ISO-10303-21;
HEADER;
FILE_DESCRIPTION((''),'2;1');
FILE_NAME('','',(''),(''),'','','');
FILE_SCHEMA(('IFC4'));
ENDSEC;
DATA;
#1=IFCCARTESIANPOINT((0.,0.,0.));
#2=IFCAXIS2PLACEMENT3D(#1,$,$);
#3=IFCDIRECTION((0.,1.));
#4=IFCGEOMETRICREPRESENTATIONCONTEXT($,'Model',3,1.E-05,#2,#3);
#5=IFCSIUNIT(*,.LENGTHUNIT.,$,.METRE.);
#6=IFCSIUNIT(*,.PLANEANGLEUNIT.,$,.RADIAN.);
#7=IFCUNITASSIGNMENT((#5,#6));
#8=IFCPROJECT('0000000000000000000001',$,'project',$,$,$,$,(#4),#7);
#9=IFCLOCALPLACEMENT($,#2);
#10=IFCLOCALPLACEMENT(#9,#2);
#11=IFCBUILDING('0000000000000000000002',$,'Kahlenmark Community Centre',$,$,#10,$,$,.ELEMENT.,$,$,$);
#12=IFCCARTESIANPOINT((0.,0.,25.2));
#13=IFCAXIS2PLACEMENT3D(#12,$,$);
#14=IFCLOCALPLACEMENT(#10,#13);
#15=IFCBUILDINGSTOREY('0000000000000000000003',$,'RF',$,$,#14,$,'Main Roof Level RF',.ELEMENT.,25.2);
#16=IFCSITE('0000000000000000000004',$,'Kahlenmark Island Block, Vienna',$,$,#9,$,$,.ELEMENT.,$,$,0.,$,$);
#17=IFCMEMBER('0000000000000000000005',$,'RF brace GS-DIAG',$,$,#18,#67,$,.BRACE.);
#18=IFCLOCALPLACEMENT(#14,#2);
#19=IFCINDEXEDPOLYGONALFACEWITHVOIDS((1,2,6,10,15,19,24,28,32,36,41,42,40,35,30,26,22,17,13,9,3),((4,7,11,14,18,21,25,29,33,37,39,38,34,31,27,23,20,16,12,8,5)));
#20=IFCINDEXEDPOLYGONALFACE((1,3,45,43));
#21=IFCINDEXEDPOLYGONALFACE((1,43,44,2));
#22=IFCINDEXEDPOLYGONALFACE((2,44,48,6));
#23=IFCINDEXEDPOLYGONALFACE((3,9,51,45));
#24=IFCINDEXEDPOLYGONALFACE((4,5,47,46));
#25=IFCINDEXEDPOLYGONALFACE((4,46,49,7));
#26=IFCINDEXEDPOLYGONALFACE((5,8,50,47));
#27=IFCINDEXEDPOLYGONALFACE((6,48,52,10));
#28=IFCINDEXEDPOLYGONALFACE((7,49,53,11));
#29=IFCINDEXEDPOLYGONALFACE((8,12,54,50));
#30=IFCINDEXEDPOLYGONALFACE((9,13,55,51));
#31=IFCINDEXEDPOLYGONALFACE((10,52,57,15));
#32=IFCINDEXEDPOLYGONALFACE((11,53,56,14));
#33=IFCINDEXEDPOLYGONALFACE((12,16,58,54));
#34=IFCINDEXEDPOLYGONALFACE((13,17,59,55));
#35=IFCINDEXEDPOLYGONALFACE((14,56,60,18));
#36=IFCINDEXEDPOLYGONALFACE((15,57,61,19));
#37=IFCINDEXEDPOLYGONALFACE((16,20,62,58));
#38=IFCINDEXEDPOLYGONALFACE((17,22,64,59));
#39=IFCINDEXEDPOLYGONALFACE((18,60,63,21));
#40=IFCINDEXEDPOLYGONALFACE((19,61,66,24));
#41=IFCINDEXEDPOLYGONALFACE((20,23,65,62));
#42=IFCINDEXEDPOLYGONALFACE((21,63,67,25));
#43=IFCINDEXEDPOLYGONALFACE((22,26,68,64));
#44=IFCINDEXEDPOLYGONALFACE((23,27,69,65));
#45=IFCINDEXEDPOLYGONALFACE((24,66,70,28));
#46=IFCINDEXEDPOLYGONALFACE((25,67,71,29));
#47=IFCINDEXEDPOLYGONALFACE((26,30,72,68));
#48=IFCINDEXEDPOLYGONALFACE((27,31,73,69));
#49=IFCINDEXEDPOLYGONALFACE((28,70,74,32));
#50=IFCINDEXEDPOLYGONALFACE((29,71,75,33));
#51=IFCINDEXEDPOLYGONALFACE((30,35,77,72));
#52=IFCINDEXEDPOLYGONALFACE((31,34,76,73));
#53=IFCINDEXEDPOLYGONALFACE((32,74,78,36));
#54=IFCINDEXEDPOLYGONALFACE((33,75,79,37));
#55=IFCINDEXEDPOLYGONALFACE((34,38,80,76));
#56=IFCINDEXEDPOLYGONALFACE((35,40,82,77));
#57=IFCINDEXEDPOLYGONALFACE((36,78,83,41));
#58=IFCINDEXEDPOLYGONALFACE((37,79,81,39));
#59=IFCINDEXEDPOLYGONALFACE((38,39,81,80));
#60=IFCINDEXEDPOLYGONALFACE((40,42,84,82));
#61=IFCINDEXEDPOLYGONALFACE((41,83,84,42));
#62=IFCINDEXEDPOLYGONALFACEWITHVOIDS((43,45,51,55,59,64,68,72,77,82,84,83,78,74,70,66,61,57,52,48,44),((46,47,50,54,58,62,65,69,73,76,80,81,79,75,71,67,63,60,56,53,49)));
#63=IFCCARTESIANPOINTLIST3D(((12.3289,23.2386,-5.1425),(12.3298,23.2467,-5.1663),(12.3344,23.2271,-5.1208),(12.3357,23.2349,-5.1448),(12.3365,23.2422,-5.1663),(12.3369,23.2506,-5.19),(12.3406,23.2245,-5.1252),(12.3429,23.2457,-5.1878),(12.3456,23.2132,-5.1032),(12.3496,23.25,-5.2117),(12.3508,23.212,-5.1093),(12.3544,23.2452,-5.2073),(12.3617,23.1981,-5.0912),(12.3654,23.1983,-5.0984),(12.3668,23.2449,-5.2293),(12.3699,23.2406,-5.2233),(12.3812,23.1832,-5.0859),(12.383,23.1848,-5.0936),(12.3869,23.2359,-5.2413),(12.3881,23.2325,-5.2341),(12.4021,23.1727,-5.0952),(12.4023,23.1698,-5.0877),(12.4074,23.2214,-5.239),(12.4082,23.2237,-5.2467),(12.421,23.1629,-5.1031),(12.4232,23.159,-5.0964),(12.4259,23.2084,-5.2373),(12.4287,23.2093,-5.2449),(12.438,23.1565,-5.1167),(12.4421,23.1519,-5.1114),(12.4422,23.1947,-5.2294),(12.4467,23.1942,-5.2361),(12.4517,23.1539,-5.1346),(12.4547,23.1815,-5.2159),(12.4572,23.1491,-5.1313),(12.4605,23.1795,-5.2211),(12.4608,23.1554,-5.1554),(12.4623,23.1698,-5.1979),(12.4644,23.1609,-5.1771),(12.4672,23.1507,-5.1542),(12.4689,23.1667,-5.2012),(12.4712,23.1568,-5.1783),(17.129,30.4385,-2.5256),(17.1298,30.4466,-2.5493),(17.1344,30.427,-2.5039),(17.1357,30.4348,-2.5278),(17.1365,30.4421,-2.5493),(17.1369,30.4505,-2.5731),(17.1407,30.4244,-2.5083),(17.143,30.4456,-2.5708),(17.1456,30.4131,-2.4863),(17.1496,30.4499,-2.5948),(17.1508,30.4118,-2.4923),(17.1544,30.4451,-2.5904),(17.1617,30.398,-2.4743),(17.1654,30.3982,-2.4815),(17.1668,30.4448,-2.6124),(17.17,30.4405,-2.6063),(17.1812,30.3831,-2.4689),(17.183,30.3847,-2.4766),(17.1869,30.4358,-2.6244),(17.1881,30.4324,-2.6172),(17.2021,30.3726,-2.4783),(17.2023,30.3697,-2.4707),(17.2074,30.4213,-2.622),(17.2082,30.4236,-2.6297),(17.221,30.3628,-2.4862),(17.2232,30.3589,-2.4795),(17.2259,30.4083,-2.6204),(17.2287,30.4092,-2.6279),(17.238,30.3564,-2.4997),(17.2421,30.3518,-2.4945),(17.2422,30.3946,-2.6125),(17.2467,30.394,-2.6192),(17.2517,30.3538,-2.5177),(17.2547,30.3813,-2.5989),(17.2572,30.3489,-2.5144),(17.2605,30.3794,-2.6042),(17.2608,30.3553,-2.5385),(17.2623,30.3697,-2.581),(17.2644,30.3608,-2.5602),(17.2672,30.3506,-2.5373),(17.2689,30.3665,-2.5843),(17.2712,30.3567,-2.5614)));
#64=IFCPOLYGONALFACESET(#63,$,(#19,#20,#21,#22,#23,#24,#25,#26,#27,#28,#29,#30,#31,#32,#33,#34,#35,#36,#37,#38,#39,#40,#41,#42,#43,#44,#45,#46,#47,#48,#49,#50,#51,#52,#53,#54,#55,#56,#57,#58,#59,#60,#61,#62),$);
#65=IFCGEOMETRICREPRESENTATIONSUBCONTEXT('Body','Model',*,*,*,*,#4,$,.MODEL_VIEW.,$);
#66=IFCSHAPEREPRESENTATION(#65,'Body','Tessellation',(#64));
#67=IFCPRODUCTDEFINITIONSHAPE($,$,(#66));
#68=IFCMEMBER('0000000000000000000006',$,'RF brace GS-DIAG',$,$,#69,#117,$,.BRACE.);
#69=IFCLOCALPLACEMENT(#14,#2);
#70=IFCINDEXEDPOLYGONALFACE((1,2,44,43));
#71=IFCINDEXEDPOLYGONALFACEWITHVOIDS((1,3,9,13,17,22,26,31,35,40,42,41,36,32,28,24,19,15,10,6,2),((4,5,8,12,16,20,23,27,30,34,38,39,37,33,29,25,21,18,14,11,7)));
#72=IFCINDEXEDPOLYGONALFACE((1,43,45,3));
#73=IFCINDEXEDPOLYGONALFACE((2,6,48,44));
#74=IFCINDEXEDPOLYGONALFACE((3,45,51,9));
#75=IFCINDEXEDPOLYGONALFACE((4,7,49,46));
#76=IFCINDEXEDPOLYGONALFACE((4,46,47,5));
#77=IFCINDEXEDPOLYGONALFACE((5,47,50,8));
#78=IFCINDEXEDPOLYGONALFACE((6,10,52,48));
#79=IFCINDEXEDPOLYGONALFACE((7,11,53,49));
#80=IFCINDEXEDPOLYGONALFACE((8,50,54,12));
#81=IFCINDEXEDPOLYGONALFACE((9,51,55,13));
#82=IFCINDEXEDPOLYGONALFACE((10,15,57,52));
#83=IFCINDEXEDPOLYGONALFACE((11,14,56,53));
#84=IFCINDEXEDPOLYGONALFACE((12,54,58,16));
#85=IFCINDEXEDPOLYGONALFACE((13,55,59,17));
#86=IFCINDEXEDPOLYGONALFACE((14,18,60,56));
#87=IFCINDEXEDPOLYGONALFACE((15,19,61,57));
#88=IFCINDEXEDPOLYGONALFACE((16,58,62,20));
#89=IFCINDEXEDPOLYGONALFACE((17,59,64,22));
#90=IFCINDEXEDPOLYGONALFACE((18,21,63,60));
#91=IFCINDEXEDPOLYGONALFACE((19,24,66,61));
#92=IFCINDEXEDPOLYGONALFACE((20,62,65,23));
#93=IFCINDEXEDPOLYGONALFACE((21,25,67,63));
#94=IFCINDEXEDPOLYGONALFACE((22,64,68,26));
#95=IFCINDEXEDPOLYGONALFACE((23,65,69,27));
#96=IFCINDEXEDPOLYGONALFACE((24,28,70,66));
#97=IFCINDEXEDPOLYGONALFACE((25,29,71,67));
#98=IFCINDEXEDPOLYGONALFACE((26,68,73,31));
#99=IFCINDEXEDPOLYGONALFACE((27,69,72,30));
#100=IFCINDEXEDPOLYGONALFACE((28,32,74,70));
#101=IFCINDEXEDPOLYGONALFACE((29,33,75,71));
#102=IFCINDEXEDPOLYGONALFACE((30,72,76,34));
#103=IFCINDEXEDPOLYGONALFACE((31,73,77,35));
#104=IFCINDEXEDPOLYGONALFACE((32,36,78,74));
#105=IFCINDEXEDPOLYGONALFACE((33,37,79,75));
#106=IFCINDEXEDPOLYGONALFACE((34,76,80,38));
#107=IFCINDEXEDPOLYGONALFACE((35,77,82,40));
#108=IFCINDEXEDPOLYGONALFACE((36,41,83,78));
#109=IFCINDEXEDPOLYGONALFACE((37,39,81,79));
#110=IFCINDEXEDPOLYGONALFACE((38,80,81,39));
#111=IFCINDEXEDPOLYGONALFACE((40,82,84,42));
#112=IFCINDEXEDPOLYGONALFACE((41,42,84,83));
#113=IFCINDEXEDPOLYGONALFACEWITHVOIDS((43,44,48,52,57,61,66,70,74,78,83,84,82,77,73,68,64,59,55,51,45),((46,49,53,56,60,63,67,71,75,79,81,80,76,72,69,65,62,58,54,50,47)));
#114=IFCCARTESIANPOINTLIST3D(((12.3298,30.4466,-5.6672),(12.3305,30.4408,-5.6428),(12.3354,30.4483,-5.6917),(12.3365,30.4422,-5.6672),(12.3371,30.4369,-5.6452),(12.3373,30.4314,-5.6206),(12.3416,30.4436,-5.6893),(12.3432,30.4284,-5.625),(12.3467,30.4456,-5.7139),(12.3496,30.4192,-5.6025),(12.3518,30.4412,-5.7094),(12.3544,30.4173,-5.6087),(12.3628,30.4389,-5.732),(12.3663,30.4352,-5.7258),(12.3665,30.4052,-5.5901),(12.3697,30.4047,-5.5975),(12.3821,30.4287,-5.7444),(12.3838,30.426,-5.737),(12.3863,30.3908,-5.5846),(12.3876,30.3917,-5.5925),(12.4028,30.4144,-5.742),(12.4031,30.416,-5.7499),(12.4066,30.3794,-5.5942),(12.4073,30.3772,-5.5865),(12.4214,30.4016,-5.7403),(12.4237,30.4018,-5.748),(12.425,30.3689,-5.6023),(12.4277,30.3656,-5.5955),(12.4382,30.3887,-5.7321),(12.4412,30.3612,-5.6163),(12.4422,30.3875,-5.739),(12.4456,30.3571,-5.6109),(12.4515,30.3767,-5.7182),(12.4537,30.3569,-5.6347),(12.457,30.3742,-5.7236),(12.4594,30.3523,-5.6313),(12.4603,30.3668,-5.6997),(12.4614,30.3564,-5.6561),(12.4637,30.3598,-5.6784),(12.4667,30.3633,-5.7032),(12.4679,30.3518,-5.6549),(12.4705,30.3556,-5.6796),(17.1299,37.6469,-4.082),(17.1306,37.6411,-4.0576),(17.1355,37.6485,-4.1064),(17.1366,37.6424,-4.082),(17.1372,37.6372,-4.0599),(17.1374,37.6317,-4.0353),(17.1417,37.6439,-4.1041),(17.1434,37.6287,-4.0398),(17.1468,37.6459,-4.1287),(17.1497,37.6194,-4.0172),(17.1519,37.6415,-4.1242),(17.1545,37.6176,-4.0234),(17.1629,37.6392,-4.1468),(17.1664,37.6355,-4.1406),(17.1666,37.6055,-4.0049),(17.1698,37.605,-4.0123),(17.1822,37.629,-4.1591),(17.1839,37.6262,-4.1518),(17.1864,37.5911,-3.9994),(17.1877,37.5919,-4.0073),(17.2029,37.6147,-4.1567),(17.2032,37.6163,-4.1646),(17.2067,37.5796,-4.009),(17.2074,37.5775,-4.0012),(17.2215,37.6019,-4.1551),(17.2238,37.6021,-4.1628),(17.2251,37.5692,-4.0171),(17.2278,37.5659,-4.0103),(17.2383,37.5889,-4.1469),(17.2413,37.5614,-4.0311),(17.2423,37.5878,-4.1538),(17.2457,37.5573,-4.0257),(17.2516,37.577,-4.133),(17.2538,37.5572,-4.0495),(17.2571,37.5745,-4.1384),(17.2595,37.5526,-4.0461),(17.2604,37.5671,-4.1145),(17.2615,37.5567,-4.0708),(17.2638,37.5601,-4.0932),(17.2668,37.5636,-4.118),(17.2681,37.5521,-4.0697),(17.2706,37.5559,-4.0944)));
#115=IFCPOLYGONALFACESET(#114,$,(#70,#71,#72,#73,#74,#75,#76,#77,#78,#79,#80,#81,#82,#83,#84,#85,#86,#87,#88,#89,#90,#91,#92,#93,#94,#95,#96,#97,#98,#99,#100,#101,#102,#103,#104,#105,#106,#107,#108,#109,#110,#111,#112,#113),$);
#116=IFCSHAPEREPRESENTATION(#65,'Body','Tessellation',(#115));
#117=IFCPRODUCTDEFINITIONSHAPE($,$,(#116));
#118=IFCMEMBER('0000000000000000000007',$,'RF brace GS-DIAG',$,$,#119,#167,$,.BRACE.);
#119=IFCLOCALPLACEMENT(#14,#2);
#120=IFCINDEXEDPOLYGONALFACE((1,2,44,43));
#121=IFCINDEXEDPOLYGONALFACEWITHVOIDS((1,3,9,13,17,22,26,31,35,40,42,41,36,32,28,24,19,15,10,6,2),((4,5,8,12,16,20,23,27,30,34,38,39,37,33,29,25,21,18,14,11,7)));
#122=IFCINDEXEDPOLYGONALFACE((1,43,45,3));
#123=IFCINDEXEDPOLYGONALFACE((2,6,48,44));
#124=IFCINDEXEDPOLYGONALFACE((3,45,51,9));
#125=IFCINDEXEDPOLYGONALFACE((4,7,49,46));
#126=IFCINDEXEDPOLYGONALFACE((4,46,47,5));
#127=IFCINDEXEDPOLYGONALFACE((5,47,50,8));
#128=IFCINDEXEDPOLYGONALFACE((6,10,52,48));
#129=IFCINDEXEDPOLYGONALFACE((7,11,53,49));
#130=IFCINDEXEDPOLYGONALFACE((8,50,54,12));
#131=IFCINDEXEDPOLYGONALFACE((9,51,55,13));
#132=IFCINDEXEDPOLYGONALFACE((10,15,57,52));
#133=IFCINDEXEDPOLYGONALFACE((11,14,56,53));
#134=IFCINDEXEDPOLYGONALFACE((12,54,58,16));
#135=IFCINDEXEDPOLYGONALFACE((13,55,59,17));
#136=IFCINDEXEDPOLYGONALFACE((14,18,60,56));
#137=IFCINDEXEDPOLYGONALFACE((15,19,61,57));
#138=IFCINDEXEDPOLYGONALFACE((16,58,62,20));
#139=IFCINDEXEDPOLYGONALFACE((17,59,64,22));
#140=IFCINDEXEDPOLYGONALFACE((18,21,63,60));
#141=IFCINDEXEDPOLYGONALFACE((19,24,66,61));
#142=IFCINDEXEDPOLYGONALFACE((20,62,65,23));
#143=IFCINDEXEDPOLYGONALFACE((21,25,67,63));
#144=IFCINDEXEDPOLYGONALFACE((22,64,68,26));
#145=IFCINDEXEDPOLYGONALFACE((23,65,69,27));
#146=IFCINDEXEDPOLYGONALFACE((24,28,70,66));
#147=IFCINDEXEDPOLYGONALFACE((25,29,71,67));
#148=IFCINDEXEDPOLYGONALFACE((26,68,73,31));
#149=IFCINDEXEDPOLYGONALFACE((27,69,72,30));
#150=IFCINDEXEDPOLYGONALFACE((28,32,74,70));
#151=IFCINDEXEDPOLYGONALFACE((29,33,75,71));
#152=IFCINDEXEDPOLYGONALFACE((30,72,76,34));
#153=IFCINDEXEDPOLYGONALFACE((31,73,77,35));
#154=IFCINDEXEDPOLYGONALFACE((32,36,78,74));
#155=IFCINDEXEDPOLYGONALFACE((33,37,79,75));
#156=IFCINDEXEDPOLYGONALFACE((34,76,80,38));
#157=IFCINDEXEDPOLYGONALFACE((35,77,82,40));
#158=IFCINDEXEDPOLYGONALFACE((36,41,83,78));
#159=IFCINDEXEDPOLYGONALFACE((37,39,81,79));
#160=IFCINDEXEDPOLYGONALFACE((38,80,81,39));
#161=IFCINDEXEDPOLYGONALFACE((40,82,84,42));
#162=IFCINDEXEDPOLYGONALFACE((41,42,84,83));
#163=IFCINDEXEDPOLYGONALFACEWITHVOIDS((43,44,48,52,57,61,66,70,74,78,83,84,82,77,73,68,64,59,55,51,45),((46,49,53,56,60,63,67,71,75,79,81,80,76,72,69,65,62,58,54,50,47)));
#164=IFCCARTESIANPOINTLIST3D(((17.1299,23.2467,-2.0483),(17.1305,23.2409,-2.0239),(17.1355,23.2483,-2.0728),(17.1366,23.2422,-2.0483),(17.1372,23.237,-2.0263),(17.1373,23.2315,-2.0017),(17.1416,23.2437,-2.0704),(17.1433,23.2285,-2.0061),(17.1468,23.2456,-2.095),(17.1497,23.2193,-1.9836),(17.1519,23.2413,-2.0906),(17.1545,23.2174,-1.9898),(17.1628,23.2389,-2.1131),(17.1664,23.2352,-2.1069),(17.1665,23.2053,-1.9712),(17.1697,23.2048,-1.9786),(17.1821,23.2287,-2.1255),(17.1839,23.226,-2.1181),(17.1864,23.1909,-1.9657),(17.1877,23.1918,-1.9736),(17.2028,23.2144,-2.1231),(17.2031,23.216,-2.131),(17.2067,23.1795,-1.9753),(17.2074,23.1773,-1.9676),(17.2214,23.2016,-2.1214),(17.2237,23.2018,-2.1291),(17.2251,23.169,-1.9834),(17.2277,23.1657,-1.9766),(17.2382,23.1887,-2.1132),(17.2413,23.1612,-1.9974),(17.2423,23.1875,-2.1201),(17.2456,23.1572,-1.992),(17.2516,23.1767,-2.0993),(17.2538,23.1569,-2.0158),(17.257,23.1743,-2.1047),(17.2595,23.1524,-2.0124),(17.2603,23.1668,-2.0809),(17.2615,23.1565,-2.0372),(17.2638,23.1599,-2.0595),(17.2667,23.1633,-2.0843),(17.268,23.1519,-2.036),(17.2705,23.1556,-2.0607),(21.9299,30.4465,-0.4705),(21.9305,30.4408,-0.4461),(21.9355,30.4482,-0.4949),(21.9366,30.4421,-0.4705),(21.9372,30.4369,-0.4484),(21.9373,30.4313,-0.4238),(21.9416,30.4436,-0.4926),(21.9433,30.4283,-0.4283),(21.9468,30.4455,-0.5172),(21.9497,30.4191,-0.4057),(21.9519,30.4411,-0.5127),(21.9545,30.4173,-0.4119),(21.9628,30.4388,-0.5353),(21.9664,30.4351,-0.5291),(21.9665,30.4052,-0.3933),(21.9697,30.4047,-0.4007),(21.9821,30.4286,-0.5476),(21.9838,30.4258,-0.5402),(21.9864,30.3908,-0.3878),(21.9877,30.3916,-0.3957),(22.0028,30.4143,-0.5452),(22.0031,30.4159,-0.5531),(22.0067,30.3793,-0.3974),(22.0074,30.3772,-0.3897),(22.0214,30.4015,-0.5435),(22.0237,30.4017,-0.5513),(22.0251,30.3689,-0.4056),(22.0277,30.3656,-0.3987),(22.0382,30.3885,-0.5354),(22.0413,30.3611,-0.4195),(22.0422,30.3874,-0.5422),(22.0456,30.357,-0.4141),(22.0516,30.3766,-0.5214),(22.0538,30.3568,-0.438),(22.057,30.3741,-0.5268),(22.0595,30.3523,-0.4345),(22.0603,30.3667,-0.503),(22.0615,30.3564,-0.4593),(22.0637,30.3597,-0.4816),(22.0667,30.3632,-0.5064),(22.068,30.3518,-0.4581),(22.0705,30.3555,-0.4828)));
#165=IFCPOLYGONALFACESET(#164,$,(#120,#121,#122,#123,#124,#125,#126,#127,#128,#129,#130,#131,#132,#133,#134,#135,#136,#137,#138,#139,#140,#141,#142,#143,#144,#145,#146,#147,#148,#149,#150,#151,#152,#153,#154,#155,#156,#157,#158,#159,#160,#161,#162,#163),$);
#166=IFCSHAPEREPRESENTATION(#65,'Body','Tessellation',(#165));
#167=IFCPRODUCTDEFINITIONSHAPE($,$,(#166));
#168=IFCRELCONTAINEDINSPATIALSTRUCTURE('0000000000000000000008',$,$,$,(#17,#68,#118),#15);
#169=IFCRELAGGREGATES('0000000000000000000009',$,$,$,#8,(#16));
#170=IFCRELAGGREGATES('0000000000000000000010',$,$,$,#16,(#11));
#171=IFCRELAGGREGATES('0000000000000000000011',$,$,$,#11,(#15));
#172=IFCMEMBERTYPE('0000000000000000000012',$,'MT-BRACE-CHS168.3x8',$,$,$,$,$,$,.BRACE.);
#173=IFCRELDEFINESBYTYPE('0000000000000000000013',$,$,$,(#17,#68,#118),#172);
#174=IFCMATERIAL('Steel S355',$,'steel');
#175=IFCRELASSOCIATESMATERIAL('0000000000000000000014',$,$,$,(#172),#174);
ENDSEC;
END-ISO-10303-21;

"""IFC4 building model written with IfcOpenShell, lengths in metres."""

from ifc_helpers import new_model, si_unit, direction, frame, origin, origin_2d, place, context, subcontext, project, spatial, hollow_circle, extrude, material, material_profile, profile_set, type_object, element, save


model = new_model("IFC4")

# Units and contexts
model_context = context("Model", 3, precision=1e-05, world=origin(), true_north=direction((0.0, 1.0)))
body_context = subcontext(model_context, "Body", "Model", "MODEL_VIEW")
ifc_project = project(units=[si_unit("LENGTHUNIT", "METRE"), si_unit("PLANEANGLEUNIT", "RADIAN")], contexts=[model_context])

# Site, building, storey
site_placement = place(None, origin())
site = spatial("IfcSite", under=ifc_project, at=site_placement, Name="Kahlenmark Island Block, Vienna", CompositionType="ELEMENT", RefElevation=0.0)
building_placement = place(site_placement, origin())
building = spatial("IfcBuilding", under=site, at=building_placement, Name="Kahlenmark Community Centre", CompositionType="ELEMENT")
storey_placement = place(building_placement, frame((0.0, 0.0, 25.2)))
storey = spatial("IfcBuildingStorey", under=building, at=storey_placement, Name="RF", LongName="Main Roof Level RF", CompositionType="ELEMENT", Elevation=25.2)

# Members
ifc_material_1 = material(Name="Steel S355", Category="steel")
ifc_material_profile_1 = material_profile(ifc_material_1, hollow_circle(Radius=0.0842, WallThickness=0.0081, at=origin_2d()), Name="CHS 168.3x8")
ifc_profile_set_1 = profile_set([ifc_material_profile_1], Name="Steel S355")
member_type_1 = type_object("IfcMemberType", Name="MT-BRACE-CHS168.3x8", PredefinedType="BRACE", material=ifc_profile_set_1)
member_1_placement = place(storey_placement, frame((12.3999, 23.2, -5.1663), z_axis=(0.530958, 0.796423, 0.289473), x_axis=(-0.832046, 0.554707, 0.0)))
element("IfcMember", 1, at=member_1_placement, inside=storey, type_object=member_type_1, Name="RF brace GS-DIAG", PredefinedType="BRACE", context=body_context, shape_type="SweptSolid", body=[
    extrude(hollow_circle(Radius=0.0842, WallThickness=0.0081, at=origin_2d()), origin(), (0.0, 0.0, 1.0), 9.0403),
])
member_2_placement = place(storey_placement, frame((12.3999, 30.3999, -5.6672), z_axis=(0.545615, 0.818436, 0.180188), x_axis=(-0.832055, 0.554694, 0.0)))
element("IfcMember", 2, at=member_2_placement, inside=storey, type_object=member_type_1, Name="RF brace GS-DIAG", PredefinedType="BRACE", context=body_context, shape_type="SweptSolid", body=[
    extrude(hollow_circle(Radius=0.0842, WallThickness=0.0081, at=origin_2d()), origin(), (0.0, 0.0, 1.0), 8.7976),
])
member_3_placement = place(storey_placement, frame((17.2, 23.2, -2.0483), z_axis=(0.545709, 0.818549, 0.179386), x_axis=(-0.832046, 0.554707, 0.0)))
element("IfcMember", 3, at=member_3_placement, inside=storey, type_object=member_type_1, Name="RF brace GS-DIAG", PredefinedType="BRACE", context=body_context, shape_type="SweptSolid", body=[
    extrude(hollow_circle(Radius=0.0842, WallThickness=0.0081, at=origin_2d()), origin(), (0.0, 0.0, 1.0), 8.7959),
])

save(model, "model.ifc")
